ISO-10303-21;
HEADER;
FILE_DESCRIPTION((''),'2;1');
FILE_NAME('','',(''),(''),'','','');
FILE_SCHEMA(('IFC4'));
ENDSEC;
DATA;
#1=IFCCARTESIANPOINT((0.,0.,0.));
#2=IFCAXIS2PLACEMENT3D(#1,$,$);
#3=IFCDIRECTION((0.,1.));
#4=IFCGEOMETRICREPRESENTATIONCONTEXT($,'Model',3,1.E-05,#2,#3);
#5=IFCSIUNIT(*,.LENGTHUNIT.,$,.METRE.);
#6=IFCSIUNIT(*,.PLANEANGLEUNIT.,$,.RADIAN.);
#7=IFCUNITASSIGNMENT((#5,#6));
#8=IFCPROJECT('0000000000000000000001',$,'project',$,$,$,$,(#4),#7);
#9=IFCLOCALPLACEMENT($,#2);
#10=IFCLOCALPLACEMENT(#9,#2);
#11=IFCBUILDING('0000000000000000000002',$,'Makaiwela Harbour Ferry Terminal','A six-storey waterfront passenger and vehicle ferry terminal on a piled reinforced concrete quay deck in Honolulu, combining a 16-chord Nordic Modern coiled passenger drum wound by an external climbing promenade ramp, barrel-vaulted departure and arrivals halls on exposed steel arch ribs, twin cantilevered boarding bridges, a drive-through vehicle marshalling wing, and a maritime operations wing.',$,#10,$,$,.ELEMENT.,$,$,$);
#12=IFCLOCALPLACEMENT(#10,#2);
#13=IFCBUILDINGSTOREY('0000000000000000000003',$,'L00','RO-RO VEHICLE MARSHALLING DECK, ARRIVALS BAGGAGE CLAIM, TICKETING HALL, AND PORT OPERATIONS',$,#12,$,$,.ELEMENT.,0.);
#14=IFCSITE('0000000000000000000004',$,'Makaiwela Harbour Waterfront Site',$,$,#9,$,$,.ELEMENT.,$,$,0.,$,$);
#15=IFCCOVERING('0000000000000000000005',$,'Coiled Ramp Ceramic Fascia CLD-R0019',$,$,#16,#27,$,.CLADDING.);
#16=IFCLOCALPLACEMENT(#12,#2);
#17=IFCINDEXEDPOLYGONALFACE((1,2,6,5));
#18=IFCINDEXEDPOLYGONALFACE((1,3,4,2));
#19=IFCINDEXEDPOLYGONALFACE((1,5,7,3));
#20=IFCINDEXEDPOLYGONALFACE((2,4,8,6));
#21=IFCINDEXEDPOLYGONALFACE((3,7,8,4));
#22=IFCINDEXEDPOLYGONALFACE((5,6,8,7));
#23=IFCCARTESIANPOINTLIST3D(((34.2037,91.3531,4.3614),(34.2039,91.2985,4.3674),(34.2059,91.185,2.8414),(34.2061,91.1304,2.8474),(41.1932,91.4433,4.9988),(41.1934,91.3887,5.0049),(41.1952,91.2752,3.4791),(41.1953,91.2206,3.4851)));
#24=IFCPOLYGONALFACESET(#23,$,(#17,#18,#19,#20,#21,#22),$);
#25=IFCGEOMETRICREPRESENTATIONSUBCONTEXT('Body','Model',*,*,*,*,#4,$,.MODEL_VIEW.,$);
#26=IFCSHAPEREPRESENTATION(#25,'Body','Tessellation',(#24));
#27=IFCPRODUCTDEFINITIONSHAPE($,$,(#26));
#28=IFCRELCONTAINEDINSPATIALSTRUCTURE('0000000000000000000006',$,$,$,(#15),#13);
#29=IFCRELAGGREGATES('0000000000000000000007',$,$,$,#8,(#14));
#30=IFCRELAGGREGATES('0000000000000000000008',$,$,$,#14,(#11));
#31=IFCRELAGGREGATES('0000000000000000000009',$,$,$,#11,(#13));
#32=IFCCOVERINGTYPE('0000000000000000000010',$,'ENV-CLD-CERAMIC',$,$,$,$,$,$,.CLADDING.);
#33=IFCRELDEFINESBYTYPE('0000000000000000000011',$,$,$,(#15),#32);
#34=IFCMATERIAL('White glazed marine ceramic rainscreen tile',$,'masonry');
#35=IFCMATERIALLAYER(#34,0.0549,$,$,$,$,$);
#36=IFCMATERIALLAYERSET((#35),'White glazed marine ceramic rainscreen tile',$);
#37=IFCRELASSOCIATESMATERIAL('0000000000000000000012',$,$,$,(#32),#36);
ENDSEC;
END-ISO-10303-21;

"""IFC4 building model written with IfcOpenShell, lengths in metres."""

from ifc_helpers import new_model, si_unit, direction, frame, origin, place, context, subcontext, project, spatial, polyline, outline, extrude, material, layer, layer_set, type_object, element, save


model = new_model("IFC4")

# Units and contexts
model_context = context("Model", 3, precision=1e-05, world=origin(), true_north=direction((0.0, 1.0)))
body_context = subcontext(model_context, "Body", "Model", "MODEL_VIEW")
ifc_project = project(units=[si_unit("LENGTHUNIT", "METRE"), si_unit("PLANEANGLEUNIT", "RADIAN")], contexts=[model_context])

# Site, building, storey
site_placement = place(None, origin())
site = spatial("IfcSite", under=ifc_project, at=site_placement, Name="Makaiwela Harbour Waterfront Site", CompositionType="ELEMENT", RefElevation=0.0)
building_placement = place(site_placement, origin())
building = spatial("IfcBuilding", under=site, at=building_placement, Name="Makaiwela Harbour Ferry Terminal", Description="A six-storey waterfront passenger and vehicle ferry terminal on a piled reinforced concrete quay deck in Honolulu, combining a 16-chord Nordic Modern coiled passenger drum wound by an external climbing promenade ramp, barrel-vaulted departure and arrivals halls on exposed steel arch ribs, twin cantilevered boarding bridges, a drive-through vehicle marshalling wing, and a maritime operations wing.", CompositionType="ELEMENT")
storey_placement = place(building_placement, origin())
storey = spatial("IfcBuildingStorey", under=building, at=storey_placement, Name="L00", Description="RO-RO VEHICLE MARSHALLING DECK, ARRIVALS BAGGAGE CLAIM, TICKETING HALL, AND PORT OPERATIONS", CompositionType="ELEMENT", Elevation=0.0)

# Covering
ifc_material_1 = material(Name="White glazed marine ceramic rainscreen tile", Category="masonry")
ifc_layer_1 = layer(ifc_material_1, 0.0549)
ifc_layer_set_1 = layer_set([ifc_layer_1], Name="White glazed marine ceramic rainscreen tile")
covering_type = type_object("IfcCoveringType", Name="ENV-CLD-CERAMIC", PredefinedType="CLADDING", material=ifc_layer_set_1)
covering_1_placement = place(storey_placement, frame((34.2061, 91.1304, 2.8474), z_axis=(0.002801, -0.993936, 0.109927), x_axis=(0.995781, 0.012854, 0.090852)))
element("IfcCovering", 1, at=covering_1_placement, inside=storey, type_object=covering_type, Name="Coiled Ramp Ceramic Fascia CLD-R0019", PredefinedType="CLADDING", context=body_context, shape_type="SweptSolid", body=[
    extrude(outline(polyline([(0.0, 0.0), (7.0189, 0.0), (7.1572, 1.5228), (0.1381, 1.523), (0.0, 0.0)])), origin(), (0.0, 0.0, -1.0), 0.0549),
])

save(model, "model.ifc")
